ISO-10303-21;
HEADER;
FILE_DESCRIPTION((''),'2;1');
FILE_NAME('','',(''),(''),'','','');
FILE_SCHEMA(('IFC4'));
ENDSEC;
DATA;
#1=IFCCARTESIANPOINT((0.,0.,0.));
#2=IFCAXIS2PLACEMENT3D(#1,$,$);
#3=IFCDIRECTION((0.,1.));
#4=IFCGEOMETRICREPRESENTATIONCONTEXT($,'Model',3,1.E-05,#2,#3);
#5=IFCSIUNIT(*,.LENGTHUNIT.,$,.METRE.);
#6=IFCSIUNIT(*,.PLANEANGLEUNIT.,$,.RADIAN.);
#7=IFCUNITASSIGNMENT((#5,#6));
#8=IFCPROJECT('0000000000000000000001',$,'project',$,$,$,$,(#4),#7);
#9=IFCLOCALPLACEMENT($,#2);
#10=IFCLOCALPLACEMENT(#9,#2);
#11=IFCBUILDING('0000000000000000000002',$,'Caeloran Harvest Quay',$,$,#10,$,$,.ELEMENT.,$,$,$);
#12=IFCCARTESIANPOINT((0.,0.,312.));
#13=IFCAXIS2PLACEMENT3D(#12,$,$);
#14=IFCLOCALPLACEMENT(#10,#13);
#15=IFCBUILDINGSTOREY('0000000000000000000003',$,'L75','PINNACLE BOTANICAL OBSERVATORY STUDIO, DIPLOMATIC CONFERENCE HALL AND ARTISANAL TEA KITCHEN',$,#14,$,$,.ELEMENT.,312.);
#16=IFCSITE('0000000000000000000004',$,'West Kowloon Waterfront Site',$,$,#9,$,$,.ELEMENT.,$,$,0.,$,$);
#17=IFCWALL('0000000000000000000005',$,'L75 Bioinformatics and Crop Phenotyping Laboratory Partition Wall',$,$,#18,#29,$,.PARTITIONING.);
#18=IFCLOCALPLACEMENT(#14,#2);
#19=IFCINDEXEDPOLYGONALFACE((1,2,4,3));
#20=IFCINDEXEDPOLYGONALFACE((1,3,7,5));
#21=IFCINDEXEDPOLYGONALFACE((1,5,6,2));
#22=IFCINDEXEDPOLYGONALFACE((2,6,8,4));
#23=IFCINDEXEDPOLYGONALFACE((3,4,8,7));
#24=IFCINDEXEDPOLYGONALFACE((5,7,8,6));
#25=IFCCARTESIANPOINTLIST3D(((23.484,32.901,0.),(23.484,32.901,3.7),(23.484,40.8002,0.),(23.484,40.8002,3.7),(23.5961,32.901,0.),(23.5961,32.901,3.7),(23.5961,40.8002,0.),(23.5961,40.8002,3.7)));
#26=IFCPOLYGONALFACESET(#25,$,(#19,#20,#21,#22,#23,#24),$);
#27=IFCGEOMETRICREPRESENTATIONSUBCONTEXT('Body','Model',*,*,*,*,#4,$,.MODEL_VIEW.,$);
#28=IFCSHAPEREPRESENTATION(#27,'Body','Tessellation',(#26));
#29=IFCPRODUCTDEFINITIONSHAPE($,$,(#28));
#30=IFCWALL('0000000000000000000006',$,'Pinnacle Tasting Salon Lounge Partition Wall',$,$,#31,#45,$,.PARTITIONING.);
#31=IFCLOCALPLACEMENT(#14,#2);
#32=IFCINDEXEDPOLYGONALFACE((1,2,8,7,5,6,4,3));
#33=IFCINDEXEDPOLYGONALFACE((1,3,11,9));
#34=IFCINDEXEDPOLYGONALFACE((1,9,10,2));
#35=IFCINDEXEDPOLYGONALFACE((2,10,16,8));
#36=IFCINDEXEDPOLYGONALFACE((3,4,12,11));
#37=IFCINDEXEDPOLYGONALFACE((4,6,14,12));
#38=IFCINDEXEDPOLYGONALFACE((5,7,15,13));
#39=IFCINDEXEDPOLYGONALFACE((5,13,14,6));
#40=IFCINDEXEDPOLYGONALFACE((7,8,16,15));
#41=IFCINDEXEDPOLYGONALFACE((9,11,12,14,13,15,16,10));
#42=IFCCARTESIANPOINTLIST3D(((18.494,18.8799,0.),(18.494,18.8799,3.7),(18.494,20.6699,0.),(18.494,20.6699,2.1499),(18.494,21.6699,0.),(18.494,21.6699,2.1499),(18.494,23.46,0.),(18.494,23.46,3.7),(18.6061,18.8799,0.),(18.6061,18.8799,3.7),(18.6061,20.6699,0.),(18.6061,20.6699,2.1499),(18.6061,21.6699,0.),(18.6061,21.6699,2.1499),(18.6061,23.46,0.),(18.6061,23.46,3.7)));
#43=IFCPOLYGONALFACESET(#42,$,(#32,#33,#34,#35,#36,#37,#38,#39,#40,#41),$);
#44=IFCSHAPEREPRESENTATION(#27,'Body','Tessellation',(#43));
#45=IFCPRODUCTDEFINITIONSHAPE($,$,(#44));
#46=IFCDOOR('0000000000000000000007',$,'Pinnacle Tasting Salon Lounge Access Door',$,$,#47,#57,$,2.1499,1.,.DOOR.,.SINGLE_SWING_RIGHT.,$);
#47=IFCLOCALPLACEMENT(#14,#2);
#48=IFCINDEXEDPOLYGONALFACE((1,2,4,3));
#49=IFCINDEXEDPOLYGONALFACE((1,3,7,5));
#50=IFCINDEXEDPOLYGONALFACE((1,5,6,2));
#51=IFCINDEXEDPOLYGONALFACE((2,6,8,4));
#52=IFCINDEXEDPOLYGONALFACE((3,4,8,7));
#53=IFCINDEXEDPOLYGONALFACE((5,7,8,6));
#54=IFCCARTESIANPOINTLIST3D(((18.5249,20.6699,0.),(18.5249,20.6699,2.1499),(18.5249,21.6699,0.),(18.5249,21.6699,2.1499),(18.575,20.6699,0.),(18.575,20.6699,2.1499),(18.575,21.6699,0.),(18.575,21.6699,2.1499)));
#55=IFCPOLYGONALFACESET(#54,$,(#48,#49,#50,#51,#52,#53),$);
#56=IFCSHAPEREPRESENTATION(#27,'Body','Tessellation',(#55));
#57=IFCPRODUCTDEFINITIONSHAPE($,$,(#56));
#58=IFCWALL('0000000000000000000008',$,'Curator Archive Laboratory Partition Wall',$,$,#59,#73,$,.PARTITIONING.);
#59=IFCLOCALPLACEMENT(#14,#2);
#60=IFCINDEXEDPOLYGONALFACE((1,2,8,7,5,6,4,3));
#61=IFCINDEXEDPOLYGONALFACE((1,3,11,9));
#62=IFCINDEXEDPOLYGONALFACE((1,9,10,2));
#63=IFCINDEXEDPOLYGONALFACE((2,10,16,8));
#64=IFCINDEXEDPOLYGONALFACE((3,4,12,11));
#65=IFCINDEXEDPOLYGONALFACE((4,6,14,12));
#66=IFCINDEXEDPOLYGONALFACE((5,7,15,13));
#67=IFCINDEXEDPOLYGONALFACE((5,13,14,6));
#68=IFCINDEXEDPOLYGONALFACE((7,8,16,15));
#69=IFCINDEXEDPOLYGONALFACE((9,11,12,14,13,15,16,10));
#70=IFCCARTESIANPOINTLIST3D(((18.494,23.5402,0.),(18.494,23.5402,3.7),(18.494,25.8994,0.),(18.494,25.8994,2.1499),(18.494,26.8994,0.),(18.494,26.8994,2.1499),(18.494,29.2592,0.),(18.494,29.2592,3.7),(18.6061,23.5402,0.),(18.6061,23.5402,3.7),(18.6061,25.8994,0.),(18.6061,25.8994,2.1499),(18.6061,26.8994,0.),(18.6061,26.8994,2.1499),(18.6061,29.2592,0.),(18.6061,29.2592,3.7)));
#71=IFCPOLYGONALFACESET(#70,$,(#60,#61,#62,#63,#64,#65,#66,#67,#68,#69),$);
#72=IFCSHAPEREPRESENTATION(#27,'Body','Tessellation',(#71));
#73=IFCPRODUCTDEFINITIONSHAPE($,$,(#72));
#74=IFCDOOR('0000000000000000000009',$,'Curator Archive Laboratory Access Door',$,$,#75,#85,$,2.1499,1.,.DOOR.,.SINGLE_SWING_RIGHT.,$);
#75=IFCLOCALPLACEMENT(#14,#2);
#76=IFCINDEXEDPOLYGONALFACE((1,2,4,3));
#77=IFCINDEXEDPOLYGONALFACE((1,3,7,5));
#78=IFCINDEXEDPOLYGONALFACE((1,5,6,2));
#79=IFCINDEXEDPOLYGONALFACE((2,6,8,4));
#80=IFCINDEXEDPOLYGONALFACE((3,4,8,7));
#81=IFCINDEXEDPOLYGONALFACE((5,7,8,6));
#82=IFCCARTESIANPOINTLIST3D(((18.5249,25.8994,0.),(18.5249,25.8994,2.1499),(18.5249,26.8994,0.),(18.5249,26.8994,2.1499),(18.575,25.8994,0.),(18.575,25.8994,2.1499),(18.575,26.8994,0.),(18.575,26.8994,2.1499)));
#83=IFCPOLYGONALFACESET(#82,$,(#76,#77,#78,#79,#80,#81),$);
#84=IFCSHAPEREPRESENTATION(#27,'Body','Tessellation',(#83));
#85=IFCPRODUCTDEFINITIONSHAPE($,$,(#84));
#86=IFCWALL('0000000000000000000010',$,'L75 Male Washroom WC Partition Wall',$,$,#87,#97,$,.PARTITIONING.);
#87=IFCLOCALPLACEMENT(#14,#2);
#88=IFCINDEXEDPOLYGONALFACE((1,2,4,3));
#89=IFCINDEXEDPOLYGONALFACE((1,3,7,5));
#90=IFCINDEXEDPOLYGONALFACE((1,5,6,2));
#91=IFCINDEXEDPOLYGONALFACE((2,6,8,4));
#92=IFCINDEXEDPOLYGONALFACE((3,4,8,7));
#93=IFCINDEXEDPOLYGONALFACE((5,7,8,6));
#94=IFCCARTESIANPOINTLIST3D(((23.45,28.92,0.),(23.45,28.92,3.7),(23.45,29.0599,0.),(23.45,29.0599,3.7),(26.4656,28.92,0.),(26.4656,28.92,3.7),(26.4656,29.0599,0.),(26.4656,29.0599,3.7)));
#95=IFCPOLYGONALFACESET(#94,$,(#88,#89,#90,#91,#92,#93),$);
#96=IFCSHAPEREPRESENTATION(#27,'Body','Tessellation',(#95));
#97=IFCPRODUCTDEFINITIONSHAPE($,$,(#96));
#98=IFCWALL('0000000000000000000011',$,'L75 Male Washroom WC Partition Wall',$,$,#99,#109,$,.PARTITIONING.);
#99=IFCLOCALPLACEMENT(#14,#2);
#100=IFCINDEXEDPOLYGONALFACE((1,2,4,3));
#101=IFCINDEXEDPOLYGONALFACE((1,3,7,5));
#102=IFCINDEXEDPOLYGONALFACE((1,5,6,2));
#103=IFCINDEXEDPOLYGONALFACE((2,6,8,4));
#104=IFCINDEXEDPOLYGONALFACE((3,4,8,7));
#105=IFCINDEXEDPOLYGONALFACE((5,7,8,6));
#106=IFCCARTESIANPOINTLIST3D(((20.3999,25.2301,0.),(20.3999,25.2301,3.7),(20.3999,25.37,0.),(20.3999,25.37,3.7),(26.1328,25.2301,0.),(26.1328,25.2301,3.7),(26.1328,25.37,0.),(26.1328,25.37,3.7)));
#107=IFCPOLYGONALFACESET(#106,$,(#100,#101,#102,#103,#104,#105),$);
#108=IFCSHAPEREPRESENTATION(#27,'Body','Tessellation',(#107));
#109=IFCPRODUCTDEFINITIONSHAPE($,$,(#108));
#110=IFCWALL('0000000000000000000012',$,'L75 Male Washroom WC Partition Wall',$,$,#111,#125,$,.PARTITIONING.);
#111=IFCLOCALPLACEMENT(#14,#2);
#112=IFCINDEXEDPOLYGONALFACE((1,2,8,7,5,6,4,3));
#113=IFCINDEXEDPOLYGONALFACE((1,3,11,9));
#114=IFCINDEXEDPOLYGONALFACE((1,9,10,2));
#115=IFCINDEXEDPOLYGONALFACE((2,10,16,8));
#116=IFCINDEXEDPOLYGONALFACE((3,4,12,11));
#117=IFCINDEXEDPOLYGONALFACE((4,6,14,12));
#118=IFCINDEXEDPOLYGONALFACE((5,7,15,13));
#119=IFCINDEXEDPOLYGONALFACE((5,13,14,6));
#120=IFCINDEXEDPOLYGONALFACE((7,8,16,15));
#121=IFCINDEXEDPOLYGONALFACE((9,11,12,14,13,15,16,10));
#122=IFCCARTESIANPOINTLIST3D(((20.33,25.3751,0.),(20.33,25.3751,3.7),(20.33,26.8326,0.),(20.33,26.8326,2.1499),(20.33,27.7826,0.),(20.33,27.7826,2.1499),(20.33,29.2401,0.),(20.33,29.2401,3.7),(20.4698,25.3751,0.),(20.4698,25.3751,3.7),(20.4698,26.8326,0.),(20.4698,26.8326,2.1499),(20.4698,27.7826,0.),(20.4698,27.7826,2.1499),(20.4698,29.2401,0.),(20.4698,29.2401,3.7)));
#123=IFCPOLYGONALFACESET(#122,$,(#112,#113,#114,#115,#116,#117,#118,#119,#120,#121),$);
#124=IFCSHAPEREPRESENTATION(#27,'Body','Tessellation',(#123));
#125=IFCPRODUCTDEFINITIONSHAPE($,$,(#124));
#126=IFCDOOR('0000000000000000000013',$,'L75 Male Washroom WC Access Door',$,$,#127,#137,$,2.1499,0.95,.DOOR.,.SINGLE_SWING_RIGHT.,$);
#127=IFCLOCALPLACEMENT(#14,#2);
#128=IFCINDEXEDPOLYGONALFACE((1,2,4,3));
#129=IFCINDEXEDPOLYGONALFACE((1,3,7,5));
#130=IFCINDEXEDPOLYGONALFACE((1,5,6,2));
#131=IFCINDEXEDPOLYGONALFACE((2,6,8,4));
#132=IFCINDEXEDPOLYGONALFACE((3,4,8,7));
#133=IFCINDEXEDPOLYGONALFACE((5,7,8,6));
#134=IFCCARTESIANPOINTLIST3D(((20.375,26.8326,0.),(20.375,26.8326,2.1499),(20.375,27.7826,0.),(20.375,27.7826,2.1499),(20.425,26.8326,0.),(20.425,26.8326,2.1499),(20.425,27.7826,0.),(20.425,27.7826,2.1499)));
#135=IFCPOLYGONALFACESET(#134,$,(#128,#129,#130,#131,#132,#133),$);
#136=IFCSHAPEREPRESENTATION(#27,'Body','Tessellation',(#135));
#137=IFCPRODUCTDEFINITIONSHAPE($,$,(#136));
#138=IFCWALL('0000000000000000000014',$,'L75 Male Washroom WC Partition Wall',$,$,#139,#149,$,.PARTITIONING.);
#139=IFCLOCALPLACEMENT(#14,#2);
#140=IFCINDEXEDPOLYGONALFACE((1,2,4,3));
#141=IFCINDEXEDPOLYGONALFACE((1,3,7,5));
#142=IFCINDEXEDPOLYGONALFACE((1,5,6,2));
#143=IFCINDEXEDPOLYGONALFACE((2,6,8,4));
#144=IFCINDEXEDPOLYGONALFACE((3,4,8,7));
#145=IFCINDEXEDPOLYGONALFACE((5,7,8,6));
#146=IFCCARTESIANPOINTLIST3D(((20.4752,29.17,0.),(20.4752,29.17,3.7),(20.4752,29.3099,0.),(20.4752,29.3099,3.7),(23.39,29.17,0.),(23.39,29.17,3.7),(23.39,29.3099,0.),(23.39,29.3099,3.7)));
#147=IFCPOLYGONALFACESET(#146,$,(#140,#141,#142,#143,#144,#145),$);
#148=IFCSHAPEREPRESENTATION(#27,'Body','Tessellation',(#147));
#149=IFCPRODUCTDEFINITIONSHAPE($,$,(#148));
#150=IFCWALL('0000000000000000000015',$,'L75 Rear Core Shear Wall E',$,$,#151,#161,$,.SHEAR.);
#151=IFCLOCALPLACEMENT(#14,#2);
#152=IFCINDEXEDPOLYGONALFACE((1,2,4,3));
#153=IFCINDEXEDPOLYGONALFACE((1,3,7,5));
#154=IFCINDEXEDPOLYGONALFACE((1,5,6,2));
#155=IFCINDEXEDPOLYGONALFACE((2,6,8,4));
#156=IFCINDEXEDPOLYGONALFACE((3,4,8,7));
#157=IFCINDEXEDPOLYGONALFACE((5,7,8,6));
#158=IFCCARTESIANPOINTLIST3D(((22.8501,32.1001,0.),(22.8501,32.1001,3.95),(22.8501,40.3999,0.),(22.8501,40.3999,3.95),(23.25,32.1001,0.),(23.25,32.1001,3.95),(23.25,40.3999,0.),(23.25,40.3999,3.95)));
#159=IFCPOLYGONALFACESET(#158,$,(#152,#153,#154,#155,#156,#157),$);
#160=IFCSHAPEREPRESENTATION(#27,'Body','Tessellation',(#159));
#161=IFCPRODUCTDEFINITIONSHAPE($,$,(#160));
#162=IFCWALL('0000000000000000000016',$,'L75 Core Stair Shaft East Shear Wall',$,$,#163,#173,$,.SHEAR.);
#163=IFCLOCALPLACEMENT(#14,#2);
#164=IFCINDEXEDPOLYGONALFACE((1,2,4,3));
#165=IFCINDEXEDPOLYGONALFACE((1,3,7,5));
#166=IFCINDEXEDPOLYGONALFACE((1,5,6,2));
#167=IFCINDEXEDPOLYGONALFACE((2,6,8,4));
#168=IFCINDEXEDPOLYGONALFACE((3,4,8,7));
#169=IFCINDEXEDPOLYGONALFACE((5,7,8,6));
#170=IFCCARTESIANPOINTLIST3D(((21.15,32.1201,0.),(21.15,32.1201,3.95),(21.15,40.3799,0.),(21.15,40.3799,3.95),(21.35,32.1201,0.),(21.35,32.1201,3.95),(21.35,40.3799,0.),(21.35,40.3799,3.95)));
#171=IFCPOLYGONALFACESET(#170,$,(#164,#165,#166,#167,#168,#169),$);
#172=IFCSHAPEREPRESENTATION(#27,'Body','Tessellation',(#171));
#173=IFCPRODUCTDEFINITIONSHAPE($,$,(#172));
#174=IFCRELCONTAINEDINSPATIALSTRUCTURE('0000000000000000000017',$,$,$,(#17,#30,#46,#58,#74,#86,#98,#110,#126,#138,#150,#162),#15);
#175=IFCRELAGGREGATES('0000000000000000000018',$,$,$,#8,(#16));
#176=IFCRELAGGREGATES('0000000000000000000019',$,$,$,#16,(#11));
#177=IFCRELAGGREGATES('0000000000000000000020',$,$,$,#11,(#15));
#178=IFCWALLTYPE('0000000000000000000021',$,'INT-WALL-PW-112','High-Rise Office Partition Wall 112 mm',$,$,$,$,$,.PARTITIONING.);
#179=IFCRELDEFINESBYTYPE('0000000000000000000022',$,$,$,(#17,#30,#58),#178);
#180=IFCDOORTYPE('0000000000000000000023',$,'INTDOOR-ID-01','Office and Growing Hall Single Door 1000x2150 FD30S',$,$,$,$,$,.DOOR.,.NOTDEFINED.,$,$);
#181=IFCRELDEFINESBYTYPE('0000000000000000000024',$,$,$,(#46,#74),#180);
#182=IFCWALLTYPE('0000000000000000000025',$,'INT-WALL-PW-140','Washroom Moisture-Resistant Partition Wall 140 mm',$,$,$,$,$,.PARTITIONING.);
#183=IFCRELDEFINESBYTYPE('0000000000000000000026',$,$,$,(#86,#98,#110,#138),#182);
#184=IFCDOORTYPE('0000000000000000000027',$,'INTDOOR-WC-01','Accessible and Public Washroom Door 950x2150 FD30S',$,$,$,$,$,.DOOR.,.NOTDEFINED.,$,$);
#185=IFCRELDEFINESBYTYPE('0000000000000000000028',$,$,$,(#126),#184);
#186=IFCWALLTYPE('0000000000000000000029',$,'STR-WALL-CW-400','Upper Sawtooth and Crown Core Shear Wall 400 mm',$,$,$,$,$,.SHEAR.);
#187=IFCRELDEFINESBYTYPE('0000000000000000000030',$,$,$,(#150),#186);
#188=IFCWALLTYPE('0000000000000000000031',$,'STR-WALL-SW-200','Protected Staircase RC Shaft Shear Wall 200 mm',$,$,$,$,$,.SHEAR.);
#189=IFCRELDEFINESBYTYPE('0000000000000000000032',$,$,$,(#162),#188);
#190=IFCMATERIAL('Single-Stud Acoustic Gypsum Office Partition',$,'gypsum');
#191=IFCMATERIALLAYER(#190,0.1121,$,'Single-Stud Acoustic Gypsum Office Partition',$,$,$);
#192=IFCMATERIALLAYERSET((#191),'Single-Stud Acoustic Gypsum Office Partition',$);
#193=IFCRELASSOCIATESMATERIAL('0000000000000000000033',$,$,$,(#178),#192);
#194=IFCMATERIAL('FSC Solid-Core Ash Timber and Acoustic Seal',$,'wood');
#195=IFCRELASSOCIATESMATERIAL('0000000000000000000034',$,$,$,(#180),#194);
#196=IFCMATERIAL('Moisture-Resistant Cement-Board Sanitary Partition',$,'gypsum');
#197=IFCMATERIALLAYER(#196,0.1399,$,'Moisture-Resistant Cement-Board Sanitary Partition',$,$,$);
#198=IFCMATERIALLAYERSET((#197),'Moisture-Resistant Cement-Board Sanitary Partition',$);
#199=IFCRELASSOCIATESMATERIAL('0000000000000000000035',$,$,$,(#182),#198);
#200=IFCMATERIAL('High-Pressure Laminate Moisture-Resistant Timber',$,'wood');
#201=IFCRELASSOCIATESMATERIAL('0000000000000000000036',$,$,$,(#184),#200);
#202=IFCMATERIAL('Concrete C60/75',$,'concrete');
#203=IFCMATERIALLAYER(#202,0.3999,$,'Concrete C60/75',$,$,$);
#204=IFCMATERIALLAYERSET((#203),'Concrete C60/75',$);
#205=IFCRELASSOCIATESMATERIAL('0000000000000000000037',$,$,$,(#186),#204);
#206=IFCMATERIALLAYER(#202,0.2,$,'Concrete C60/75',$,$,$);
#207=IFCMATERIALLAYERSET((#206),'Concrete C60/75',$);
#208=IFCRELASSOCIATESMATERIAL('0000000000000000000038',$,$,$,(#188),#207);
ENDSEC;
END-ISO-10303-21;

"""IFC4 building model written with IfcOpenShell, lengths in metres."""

from ifc_helpers import new_model, si_unit, direction, frame, frame_2d, origin, place, context, subcontext, project, spatial, rectangle, extrude, material, layer, layer_set, type_object, element, fill, save


model = new_model("IFC4")

# Units and contexts
model_context = context("Model", 3, precision=1e-05, world=origin(), true_north=direction((0.0, 1.0)))
body_context = subcontext(model_context, "Body", "Model", "MODEL_VIEW")
ifc_project = project(units=[si_unit("LENGTHUNIT", "METRE"), si_unit("PLANEANGLEUNIT", "RADIAN")], contexts=[model_context])

# Site, building, storey
site_placement = place(None, origin())
site = spatial("IfcSite", under=ifc_project, at=site_placement, Name="West Kowloon Waterfront Site", CompositionType="ELEMENT", RefElevation=0.0)
building_placement = place(site_placement, origin())
building = spatial("IfcBuilding", under=site, at=building_placement, Name="Caeloran Harvest Quay", CompositionType="ELEMENT")
storey_placement = place(building_placement, frame((0.0, 0.0, 312.0)))
storey = spatial("IfcBuildingStorey", under=building, at=storey_placement, Name="L75", Description="PINNACLE BOTANICAL OBSERVATORY STUDIO, DIPLOMATIC CONFERENCE HALL AND ARTISANAL TEA KITCHEN", CompositionType="ELEMENT", Elevation=312.0)

# Shared definitions
ifc_material_1 = material(Name="Concrete C60/75", Category="concrete")

# Shared definitions
ifc_material_2 = material(Name="Single-Stud Acoustic Gypsum Office Partition", Category="gypsum")
ifc_layer_1 = layer(ifc_material_2, 0.1121, Name="Single-Stud Acoustic Gypsum Office Partition")
ifc_layer_set_1 = layer_set([ifc_layer_1], Name="Single-Stud Acoustic Gypsum Office Partition")
wall_type_1 = type_object("IfcWallType", Name="INT-WALL-PW-112", Description="High-Rise Office Partition Wall 112 mm", PredefinedType="PARTITIONING", material=ifc_layer_set_1)
ifc_material_3 = material(Name="FSC Solid-Core Ash Timber and Acoustic Seal", Category="wood")
door_type_1 = type_object("IfcDoorType", Name="INTDOOR-ID-01", Description="Office and Growing Hall Single Door 1000x2150 FD30S", OperationType="NOTDEFINED", PredefinedType="DOOR", material=ifc_material_3)

# Wall
wall_1_placement = place(storey_placement, frame((23.54, 32.9009, 0.0), z_axis=(0.0, 0.0, 1.0), x_axis=(0.0, 1.0, 0.0)))
element("IfcWall", 1, at=wall_1_placement, inside=storey, type_object=wall_type_1, Name="L75 Bioinformatics and Crop Phenotyping Laboratory Partition Wall", PredefinedType="PARTITIONING", context=body_context, shape_type="SweptSolid", body=[
    extrude(rectangle(XDim=7.8992, YDim=0.1121, at=frame_2d((3.9497, 0.0))), origin(), (0.0, 0.0, 1.0), 3.7),
])

# Walls, openings, doors
wall_2_placement = place(storey_placement, frame((18.55, 23.46, 0.0), z_axis=(0.0, 0.0, 1.0), x_axis=(0.0, -1.0, 0.0)))
wall_2 = element("IfcWall", 2, at=wall_2_placement, inside=storey, type_object=wall_type_1, Name="Pinnacle Tasting Salon Lounge Partition Wall", PredefinedType="PARTITIONING", context=body_context, shape_type="SweptSolid", body=[
    extrude(rectangle(XDim=4.5801, YDim=0.1121, at=frame_2d((2.29, 0.0))), origin(), (0.0, 0.0, 1.0), 3.7),
])
opening_1_placement = place(wall_2_placement, frame((1.79, 0.0, 0.0)))
opening_1 = element("IfcOpeningElement", 3, at=opening_1_placement, cuts=wall_2, PredefinedType="OPENING", context=body_context, shape_type="SweptSolid", body=[
    extrude(rectangle(XDim=1.0, YDim=2.1499, at=frame_2d((0.5, 1.075))), frame((0.0, 0.0659, 0.0), z_axis=(0.0, -1.0, 0.0), x_axis=(1.0, 0.0, 0.0)), (0.0, 0.0, 1.0), 0.1321),
])
door_1_placement = place(opening_1_placement, origin())
door_1 = element("IfcDoor", 4, at=door_1_placement, inside=storey, type_object=door_type_1, Name="Pinnacle Tasting Salon Lounge Access Door", OperationType="SINGLE_SWING_RIGHT", OverallHeight=2.1499, OverallWidth=1.0, PredefinedType="DOOR", context=body_context, shape_type="SweptSolid", body=[
    extrude(rectangle(XDim=1.0, YDim=2.1499, at=frame_2d((0.5, 1.075))), frame((0.0, 0.0249, 0.0), z_axis=(0.0, -1.0, 0.0), x_axis=(1.0, 0.0, 0.0)), (0.0, 0.0, 1.0), 0.05),
])
fill(opening_1, door_1)
wall_3_placement = place(storey_placement, frame((18.55, 29.259, 0.0), z_axis=(0.0, 0.0, 1.0), x_axis=(0.0, -1.0, 0.0)))
wall_3 = element("IfcWall", 5, at=wall_3_placement, inside=storey, type_object=wall_type_1, Name="Curator Archive Laboratory Partition Wall", PredefinedType="PARTITIONING", context=body_context, shape_type="SweptSolid", body=[
    extrude(rectangle(XDim=5.719, YDim=0.1121, at=frame_2d((2.8594, 0.0))), origin(), (0.0, 0.0, 1.0), 3.7),
])
opening_2_placement = place(wall_3_placement, frame((2.3596, 0.0, 0.0)))
opening_2 = element("IfcOpeningElement", 6, at=opening_2_placement, cuts=wall_3, PredefinedType="OPENING", context=body_context, shape_type="SweptSolid", body=[
    extrude(rectangle(XDim=1.0, YDim=2.1499, at=frame_2d((0.5, 1.075))), frame((0.0, 0.0659, 0.0), z_axis=(0.0, -1.0, 0.0), x_axis=(1.0, 0.0, 0.0)), (0.0, 0.0, 1.0), 0.1321),
])
door_2_placement = place(opening_2_placement, origin())
door_2 = element("IfcDoor", 7, at=door_2_placement, inside=storey, type_object=door_type_1, Name="Curator Archive Laboratory Access Door", OperationType="SINGLE_SWING_RIGHT", OverallHeight=2.1499, OverallWidth=1.0, PredefinedType="DOOR", context=body_context, shape_type="SweptSolid", body=[
    extrude(rectangle(XDim=1.0, YDim=2.1499, at=frame_2d((0.5, 1.075))), frame((0.0, 0.0249, 0.0), z_axis=(0.0, -1.0, 0.0), x_axis=(1.0, 0.0, 0.0)), (0.0, 0.0, 1.0), 0.05),
])
fill(opening_2, door_2)

# Walls
ifc_material_4 = material(Name="Moisture-Resistant Cement-Board Sanitary Partition", Category="gypsum")
ifc_layer_2 = layer(ifc_material_4, 0.1399, Name="Moisture-Resistant Cement-Board Sanitary Partition")
ifc_layer_set_2 = layer_set([ifc_layer_2], Name="Moisture-Resistant Cement-Board Sanitary Partition")
wall_type_2 = type_object("IfcWallType", Name="INT-WALL-PW-140", Description="Washroom Moisture-Resistant Partition Wall 140 mm", PredefinedType="PARTITIONING", material=ifc_layer_set_2)
wall_4_placement = place(storey_placement, frame((23.45, 28.99, 0.0), z_axis=(0.0, 0.0, 1.0), x_axis=(1.0, 0.0, 0.0)))
element("IfcWall", 8, at=wall_4_placement, inside=storey, type_object=wall_type_2, Name="L75 Male Washroom WC Partition Wall", PredefinedType="PARTITIONING", context=body_context, shape_type="SweptSolid", body=[
    extrude(rectangle(XDim=3.0156, YDim=0.1399, at=frame_2d((1.5078, 0.0))), origin(), (0.0, 0.0, 1.0), 3.7),
])
wall_5_placement = place(storey_placement, frame((26.1328, 25.3, 0.0), z_axis=(0.0, 0.0, 1.0), x_axis=(-1.0, 0.0, 0.0)))
element("IfcWall", 9, at=wall_5_placement, inside=storey, type_object=wall_type_2, Name="L75 Male Washroom WC Partition Wall", PredefinedType="PARTITIONING", context=body_context, shape_type="SweptSolid", body=[
    extrude(rectangle(XDim=5.7329, YDim=0.1399, at=frame_2d((2.8665, 0.0))), origin(), (0.0, 0.0, 1.0), 3.7),
])

# Wall, opening, door
wall_6_placement = place(storey_placement, frame((20.3999, 25.375, 0.0), z_axis=(0.0, 0.0, 1.0), x_axis=(0.0, 1.0, 0.0)))
wall_6 = element("IfcWall", 10, at=wall_6_placement, inside=storey, type_object=wall_type_2, Name="L75 Male Washroom WC Partition Wall", PredefinedType="PARTITIONING", context=body_context, shape_type="SweptSolid", body=[
    extrude(rectangle(XDim=3.865, YDim=0.1399, at=frame_2d((1.9326, 0.0))), origin(), (0.0, 0.0, 1.0), 3.7),
])
opening_3_placement = place(wall_6_placement, frame((1.4575, 0.0, 0.0)))
opening_3 = element("IfcOpeningElement", 11, at=opening_3_placement, cuts=wall_6, PredefinedType="OPENING", context=body_context, shape_type="SweptSolid", body=[
    extrude(rectangle(XDim=0.95, YDim=2.1499, at=frame_2d((0.4751, 1.075))), frame((0.0, 0.0801, 0.0), z_axis=(0.0, -1.0, 0.0), x_axis=(1.0, 0.0, 0.0)), (0.0, 0.0, 1.0), 0.1599),
])
ifc_material_5 = material(Name="High-Pressure Laminate Moisture-Resistant Timber", Category="wood")
door_type_2 = type_object("IfcDoorType", Name="INTDOOR-WC-01", Description="Accessible and Public Washroom Door 950x2150 FD30S", OperationType="NOTDEFINED", PredefinedType="DOOR", material=ifc_material_5)
door_3_placement = place(opening_3_placement, origin())
door_3 = element("IfcDoor", 12, at=door_3_placement, inside=storey, type_object=door_type_2, Name="L75 Male Washroom WC Access Door", OperationType="SINGLE_SWING_RIGHT", OverallHeight=2.1499, OverallWidth=0.95, PredefinedType="DOOR", context=body_context, shape_type="SweptSolid", body=[
    extrude(rectangle(XDim=0.95, YDim=2.1499, at=frame_2d((0.4751, 1.075))), frame((0.0, 0.0249, 0.0), z_axis=(0.0, -1.0, 0.0), x_axis=(1.0, 0.0, 0.0)), (0.0, 0.0, 1.0), 0.05),
])
fill(opening_3, door_3)

# Walls
wall_7_placement = place(storey_placement, frame((20.4751, 29.24, 0.0), z_axis=(0.0, 0.0, 1.0), x_axis=(1.0, 0.0, 0.0)))
element("IfcWall", 13, at=wall_7_placement, inside=storey, type_object=wall_type_2, Name="L75 Male Washroom WC Partition Wall", PredefinedType="PARTITIONING", context=body_context, shape_type="SweptSolid", body=[
    extrude(rectangle(XDim=2.9148, YDim=0.1399, at=frame_2d((1.4575, 0.0))), origin(), (0.0, 0.0, 1.0), 3.7),
])
ifc_layer_3 = layer(ifc_material_1, 0.3999, Name="Concrete C60/75")
ifc_layer_set_3 = layer_set([ifc_layer_3], Name="Concrete C60/75")
wall_type_3 = type_object("IfcWallType", Name="STR-WALL-CW-400", Description="Upper Sawtooth and Crown Core Shear Wall 400 mm", PredefinedType="SHEAR", material=ifc_layer_set_3)
wall_8_placement = place(storey_placement, frame((23.05, 32.1001, 0.0), z_axis=(0.0, 0.0, 1.0), x_axis=(0.0, 1.0, 0.0)))
element("IfcWall", 14, at=wall_8_placement, inside=storey, type_object=wall_type_3, Name="L75 Rear Core Shear Wall E", PredefinedType="SHEAR", context=body_context, shape_type="SweptSolid", body=[
    extrude(rectangle(XDim=8.2998, YDim=0.3999, at=frame_2d((4.1499, 0.0))), origin(), (0.0, 0.0, 1.0), 3.95),
])
ifc_layer_4 = layer(ifc_material_1, 0.2, Name="Concrete C60/75")
ifc_layer_set_4 = layer_set([ifc_layer_4], Name="Concrete C60/75")
wall_type_4 = type_object("IfcWallType", Name="STR-WALL-SW-200", Description="Protected Staircase RC Shaft Shear Wall 200 mm", PredefinedType="SHEAR", material=ifc_layer_set_4)
wall_9_placement = place(storey_placement, frame((21.25, 32.1201, 0.0), z_axis=(0.0, 0.0, 1.0), x_axis=(0.0, 1.0, 0.0)))
element("IfcWall", 15, at=wall_9_placement, inside=storey, type_object=wall_type_4, Name="L75 Core Stair Shaft East Shear Wall", PredefinedType="SHEAR", context=body_context, shape_type="SweptSolid", body=[
    extrude(rectangle(XDim=8.2598, YDim=0.2, at=frame_2d((4.1299, 0.0))), origin(), (0.0, 0.0, 1.0), 3.95),
])

save(model, "model.ifc")
